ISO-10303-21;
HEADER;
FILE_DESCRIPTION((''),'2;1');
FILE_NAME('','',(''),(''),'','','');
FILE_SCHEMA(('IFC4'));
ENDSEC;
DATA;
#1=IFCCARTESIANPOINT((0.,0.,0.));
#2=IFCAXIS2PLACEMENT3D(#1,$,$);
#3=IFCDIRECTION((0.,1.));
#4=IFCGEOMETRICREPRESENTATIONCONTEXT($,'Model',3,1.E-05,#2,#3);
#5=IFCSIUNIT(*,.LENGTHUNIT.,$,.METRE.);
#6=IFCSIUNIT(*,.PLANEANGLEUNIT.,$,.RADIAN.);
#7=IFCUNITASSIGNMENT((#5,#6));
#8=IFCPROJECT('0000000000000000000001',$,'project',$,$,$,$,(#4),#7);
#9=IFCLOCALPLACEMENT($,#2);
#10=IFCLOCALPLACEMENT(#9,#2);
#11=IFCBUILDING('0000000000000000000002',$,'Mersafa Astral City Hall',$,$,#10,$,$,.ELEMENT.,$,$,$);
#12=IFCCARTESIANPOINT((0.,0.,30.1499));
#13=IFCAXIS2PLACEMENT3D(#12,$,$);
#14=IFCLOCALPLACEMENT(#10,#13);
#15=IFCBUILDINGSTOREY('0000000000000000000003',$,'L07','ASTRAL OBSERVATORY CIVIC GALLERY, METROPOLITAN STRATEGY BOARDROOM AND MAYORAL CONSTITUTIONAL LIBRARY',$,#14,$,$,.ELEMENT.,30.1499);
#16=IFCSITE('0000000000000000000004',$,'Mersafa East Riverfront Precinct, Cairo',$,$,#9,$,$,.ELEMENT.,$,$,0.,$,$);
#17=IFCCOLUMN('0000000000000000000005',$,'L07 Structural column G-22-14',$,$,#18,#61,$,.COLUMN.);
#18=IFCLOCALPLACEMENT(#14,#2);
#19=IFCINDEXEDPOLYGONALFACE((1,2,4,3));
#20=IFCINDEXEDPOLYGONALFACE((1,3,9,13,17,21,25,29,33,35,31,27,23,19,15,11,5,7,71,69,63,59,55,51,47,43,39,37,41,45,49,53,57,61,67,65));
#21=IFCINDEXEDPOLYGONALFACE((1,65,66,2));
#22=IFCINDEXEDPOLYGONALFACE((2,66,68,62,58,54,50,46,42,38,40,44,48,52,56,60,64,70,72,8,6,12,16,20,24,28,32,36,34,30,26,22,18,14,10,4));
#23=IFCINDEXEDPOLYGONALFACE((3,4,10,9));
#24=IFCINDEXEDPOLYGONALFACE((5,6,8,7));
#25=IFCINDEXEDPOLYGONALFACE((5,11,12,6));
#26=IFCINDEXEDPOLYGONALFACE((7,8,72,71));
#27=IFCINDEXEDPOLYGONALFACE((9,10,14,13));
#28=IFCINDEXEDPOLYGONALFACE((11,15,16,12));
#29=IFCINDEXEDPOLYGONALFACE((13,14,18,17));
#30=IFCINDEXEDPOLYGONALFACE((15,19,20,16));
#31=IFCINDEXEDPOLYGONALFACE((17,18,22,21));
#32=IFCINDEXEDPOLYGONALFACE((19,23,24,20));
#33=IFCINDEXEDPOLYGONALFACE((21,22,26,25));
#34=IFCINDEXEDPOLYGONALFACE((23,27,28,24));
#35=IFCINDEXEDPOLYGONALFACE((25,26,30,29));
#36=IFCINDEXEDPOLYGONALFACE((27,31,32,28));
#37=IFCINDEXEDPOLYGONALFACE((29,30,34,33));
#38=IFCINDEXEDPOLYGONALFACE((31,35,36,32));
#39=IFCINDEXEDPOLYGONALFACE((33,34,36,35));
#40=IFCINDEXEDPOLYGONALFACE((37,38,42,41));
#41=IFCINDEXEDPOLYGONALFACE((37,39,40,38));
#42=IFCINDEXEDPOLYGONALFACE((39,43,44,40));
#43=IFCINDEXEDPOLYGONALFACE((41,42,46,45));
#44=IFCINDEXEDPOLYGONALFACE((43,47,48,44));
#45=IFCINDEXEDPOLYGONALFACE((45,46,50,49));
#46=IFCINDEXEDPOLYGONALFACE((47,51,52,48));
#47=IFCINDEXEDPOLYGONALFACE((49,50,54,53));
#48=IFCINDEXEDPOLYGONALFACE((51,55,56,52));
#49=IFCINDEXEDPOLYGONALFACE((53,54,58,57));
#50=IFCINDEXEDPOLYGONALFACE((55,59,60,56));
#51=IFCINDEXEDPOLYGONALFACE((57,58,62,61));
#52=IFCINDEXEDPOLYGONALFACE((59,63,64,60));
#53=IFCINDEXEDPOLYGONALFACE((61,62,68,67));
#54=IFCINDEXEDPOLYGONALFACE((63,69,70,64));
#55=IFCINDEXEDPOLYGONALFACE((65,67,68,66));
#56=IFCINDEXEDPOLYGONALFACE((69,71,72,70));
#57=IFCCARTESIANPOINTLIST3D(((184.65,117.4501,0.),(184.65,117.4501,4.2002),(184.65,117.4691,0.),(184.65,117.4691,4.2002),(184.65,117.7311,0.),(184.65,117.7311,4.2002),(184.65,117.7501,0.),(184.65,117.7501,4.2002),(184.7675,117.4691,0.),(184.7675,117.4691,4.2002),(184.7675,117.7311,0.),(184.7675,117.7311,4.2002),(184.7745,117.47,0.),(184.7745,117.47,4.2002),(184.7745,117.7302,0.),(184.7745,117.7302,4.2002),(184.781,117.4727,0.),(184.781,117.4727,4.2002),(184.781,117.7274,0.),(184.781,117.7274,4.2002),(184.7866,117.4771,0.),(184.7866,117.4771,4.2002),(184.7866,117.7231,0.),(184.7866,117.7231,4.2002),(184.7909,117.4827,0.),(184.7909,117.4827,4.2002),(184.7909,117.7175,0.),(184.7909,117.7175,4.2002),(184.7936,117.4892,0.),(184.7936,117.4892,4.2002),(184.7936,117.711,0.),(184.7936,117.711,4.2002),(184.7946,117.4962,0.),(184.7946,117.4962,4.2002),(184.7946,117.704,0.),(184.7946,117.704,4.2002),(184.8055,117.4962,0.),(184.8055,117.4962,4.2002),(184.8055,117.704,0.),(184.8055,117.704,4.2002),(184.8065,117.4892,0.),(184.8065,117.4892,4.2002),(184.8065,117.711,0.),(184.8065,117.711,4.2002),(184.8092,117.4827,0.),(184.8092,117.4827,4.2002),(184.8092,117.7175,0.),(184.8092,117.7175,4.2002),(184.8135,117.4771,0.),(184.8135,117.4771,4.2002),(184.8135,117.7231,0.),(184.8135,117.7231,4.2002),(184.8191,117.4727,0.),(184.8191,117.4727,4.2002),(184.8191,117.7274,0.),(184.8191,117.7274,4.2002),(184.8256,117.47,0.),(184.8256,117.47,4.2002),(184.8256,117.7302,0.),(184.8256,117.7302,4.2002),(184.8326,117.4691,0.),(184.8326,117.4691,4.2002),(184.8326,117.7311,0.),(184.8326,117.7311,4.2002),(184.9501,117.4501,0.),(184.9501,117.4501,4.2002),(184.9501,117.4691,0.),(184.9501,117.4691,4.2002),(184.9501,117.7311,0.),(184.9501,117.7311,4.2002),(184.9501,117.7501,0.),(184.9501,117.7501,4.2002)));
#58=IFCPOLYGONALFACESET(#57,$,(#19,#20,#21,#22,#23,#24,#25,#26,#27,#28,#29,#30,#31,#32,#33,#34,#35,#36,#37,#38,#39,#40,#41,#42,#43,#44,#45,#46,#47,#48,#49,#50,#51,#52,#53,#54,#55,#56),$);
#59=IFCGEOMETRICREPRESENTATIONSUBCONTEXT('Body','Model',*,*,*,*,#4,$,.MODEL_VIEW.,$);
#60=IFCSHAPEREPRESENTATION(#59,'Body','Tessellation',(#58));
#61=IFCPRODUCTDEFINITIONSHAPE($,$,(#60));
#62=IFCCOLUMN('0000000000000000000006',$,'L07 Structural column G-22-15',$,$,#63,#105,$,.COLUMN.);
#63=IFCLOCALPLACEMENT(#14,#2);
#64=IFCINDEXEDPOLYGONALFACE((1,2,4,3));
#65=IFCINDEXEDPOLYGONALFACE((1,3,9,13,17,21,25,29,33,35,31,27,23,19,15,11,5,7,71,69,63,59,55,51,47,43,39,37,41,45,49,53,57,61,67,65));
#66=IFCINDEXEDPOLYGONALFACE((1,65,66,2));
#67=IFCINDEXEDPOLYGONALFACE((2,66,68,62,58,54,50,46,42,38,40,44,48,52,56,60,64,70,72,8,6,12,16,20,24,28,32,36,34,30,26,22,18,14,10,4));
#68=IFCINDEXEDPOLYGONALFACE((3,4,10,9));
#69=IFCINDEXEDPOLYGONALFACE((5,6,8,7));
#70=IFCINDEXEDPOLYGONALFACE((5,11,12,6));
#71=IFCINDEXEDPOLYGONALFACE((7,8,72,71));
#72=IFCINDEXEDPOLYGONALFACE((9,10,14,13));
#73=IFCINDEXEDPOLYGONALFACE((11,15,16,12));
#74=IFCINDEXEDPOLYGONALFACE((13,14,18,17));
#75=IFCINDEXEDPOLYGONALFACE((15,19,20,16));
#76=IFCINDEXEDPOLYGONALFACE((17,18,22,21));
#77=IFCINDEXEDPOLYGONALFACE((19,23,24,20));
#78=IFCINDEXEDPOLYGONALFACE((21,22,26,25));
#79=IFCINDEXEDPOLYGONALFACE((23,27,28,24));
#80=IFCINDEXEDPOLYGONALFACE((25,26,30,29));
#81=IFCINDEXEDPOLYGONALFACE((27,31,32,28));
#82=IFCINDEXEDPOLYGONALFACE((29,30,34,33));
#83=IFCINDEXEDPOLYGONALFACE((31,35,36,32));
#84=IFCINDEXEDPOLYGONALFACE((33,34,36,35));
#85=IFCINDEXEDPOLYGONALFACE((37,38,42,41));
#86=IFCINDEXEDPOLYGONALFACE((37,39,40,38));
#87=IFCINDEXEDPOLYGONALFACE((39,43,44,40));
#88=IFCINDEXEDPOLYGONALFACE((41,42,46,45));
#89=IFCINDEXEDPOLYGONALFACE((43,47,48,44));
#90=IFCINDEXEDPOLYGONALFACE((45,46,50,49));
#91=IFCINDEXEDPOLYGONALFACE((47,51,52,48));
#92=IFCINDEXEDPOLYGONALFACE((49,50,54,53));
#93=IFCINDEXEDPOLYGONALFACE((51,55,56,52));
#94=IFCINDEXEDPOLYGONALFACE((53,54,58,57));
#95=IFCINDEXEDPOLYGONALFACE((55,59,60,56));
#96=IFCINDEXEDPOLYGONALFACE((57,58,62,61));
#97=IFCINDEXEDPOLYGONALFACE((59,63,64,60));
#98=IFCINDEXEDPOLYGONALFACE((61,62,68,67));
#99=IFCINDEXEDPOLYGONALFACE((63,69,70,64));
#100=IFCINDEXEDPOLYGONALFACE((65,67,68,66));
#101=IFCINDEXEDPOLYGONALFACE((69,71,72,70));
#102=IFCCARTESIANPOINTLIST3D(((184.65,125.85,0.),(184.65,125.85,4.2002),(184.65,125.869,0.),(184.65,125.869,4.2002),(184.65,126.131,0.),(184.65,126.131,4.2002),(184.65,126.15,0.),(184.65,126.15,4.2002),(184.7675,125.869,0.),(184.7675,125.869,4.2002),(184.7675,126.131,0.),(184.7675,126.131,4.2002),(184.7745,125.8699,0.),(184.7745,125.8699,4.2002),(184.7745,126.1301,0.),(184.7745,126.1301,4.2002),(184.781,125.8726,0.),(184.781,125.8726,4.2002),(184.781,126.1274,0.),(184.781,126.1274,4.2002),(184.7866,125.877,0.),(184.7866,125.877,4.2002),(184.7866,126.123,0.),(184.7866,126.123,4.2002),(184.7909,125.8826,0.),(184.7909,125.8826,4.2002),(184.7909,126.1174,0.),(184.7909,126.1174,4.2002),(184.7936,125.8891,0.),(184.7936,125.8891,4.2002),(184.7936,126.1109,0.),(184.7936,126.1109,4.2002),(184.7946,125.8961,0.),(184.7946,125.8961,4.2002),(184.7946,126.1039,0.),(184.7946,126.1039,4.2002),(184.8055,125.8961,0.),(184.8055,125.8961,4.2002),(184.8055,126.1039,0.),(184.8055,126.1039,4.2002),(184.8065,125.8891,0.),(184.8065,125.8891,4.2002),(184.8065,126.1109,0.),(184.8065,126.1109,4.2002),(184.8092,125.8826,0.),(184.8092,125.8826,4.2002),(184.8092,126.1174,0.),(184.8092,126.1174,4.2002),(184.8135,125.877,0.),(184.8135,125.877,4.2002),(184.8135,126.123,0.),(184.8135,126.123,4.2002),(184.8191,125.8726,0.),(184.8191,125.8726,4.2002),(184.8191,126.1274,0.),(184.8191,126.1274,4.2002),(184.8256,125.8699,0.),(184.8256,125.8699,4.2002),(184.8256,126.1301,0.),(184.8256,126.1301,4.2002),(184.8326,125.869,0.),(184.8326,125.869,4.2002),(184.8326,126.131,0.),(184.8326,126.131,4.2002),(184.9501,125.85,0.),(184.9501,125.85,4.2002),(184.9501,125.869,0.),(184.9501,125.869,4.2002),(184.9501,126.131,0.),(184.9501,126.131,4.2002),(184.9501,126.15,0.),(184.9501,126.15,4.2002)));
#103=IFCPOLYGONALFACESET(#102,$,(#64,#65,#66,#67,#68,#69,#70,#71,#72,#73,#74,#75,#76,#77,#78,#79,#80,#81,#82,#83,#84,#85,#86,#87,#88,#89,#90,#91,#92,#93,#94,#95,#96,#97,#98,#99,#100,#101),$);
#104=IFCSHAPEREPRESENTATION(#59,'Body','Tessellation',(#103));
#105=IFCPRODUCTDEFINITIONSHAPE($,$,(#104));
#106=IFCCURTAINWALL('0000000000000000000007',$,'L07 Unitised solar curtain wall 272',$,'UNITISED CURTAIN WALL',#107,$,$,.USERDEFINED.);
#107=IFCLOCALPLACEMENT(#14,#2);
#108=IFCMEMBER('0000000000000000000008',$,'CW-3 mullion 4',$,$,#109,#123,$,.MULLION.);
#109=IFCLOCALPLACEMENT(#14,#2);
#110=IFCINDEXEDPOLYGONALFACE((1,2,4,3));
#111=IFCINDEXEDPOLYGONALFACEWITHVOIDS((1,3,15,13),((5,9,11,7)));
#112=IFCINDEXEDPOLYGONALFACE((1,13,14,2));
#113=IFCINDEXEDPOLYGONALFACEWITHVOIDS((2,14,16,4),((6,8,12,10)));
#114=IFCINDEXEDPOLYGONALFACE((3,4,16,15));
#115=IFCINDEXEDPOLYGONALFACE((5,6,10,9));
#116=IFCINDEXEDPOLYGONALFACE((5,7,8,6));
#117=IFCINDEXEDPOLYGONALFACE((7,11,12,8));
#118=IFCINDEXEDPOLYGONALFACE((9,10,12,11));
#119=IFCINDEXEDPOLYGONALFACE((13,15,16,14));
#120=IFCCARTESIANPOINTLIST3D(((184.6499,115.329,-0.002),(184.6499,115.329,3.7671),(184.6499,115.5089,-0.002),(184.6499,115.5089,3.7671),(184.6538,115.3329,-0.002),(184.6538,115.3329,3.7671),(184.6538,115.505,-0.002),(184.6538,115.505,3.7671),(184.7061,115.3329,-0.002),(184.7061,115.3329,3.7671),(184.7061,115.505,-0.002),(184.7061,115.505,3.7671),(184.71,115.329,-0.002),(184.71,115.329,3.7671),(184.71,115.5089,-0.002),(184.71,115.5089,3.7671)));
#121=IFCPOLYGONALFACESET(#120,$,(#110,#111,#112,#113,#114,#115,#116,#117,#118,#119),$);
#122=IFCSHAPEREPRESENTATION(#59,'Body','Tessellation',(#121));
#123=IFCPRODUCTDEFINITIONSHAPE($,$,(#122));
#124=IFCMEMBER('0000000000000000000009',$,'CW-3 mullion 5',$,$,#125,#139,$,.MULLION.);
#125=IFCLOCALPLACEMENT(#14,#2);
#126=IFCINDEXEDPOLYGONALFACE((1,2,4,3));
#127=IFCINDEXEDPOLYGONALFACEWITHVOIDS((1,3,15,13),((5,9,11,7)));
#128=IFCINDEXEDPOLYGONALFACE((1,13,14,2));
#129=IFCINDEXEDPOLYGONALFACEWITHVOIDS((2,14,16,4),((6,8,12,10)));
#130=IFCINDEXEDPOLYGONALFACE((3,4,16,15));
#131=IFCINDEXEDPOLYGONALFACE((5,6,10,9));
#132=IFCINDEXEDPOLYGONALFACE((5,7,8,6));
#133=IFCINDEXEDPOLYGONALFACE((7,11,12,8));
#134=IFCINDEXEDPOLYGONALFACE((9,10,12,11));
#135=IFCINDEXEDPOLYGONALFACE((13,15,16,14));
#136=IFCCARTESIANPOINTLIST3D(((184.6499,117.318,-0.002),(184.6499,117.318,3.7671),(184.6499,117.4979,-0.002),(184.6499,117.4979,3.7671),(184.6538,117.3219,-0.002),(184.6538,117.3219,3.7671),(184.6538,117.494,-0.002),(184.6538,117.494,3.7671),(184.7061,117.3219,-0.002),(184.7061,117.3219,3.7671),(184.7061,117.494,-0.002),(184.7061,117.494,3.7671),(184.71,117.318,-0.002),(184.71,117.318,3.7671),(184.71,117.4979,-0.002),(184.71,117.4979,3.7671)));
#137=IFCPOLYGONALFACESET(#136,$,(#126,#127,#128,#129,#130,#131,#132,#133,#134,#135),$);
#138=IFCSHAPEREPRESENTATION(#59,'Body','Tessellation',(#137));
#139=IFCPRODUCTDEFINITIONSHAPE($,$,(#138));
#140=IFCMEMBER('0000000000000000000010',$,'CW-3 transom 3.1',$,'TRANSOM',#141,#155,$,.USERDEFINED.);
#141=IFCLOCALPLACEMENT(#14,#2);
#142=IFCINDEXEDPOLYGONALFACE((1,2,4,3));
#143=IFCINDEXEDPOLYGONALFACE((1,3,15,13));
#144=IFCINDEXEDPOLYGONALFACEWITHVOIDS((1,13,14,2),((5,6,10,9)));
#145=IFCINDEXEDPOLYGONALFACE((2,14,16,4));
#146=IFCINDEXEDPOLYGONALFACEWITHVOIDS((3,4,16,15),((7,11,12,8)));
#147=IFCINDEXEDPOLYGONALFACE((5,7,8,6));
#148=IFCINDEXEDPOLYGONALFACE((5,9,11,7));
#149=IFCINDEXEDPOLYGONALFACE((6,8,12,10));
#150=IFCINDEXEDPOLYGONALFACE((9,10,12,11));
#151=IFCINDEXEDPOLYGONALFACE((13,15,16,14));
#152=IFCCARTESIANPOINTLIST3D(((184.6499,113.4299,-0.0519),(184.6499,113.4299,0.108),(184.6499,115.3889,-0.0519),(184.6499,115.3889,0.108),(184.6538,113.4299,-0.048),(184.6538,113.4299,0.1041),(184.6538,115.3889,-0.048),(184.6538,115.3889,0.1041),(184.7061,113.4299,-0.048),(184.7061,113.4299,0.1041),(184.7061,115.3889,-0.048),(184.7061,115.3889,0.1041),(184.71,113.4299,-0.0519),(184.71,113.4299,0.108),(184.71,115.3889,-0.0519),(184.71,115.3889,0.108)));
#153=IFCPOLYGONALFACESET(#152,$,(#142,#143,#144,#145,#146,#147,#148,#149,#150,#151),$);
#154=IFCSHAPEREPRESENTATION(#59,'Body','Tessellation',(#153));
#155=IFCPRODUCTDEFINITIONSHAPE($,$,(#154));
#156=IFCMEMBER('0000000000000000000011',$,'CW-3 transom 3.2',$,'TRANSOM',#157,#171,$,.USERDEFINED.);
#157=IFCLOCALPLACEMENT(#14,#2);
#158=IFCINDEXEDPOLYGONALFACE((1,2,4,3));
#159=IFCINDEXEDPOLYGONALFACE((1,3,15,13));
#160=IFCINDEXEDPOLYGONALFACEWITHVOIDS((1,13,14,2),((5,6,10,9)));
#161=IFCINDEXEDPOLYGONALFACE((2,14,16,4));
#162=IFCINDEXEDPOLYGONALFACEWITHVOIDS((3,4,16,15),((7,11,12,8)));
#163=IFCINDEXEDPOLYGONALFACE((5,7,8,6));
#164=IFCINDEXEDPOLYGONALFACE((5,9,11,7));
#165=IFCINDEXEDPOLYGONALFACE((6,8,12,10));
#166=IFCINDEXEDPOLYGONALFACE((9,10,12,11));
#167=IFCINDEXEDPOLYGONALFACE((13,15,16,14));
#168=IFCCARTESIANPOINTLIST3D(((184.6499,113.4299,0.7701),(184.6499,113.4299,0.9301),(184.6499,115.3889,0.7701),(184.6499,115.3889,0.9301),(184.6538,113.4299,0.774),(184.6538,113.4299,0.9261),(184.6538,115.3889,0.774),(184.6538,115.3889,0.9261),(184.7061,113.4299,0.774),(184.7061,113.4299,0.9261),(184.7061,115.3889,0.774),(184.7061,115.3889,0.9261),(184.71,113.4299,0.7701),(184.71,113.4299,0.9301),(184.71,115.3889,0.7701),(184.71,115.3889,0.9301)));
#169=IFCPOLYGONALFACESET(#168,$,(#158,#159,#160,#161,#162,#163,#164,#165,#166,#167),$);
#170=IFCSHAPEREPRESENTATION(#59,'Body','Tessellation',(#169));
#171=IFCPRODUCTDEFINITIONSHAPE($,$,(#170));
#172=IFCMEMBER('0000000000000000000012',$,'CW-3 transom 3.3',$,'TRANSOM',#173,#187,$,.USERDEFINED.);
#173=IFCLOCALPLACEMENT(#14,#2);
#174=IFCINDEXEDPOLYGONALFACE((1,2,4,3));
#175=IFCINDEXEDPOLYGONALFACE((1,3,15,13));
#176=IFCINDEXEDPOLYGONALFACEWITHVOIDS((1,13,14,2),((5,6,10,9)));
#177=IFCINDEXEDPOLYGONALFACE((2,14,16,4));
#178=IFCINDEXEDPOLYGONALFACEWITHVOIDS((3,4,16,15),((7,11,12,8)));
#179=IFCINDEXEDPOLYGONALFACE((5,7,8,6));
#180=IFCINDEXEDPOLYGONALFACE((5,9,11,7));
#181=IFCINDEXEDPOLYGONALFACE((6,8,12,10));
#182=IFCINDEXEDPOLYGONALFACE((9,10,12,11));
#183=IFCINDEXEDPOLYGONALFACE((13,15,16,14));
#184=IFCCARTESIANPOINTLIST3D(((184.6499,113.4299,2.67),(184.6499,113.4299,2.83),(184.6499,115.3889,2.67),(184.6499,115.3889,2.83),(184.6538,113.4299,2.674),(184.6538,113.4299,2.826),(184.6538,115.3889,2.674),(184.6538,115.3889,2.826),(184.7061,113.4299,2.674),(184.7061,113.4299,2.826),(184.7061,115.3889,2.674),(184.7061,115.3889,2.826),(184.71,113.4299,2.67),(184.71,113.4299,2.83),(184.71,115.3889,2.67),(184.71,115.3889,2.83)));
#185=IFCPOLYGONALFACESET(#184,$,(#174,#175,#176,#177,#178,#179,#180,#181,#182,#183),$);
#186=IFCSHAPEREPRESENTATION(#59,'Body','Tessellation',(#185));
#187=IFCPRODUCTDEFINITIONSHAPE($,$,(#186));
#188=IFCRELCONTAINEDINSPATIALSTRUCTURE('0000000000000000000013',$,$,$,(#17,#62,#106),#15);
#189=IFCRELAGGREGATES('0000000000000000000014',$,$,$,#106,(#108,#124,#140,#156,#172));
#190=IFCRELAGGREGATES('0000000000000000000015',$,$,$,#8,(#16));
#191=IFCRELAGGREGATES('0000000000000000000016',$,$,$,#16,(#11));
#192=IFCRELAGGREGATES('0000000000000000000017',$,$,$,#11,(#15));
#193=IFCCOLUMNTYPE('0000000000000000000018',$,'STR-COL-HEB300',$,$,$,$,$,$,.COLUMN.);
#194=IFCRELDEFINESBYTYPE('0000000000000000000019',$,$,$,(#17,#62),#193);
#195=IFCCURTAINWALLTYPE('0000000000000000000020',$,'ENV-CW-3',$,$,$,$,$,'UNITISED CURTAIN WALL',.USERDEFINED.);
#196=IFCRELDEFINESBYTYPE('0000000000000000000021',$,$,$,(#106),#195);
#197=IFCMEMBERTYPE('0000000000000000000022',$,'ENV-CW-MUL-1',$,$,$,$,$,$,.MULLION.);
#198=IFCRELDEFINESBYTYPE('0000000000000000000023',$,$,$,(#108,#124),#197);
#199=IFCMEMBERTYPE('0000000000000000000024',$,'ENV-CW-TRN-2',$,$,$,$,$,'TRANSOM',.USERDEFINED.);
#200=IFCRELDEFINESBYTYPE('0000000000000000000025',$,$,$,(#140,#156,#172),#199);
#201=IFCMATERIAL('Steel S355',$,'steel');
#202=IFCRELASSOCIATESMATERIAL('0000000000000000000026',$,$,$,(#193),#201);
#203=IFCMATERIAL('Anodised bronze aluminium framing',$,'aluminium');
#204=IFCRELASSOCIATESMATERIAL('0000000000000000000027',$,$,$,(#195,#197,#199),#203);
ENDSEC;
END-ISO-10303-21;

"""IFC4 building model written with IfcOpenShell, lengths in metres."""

from ifc_helpers import new_model, si_unit, direction, frame, origin, origin_2d, place, context, subcontext, project, spatial, hollow_rectangle, i_section, extrude, material, material_profile, profile_set, type_object, element, aggregate, save


model = new_model("IFC4")

# Units and contexts
model_context = context("Model", 3, precision=1e-05, world=origin(), true_north=direction((0.0, 1.0)))
body_context = subcontext(model_context, "Body", "Model", "MODEL_VIEW")
ifc_project = project(units=[si_unit("LENGTHUNIT", "METRE"), si_unit("PLANEANGLEUNIT", "RADIAN")], contexts=[model_context])

# Site, building, storey
site_placement = place(None, origin())
site = spatial("IfcSite", under=ifc_project, at=site_placement, Name="Mersafa East Riverfront Precinct, Cairo", CompositionType="ELEMENT", RefElevation=0.0)
building_placement = place(site_placement, origin())
building = spatial("IfcBuilding", under=site, at=building_placement, Name="Mersafa Astral City Hall", CompositionType="ELEMENT")
storey_placement = place(building_placement, frame((0.0, 0.0, 30.1499)))
storey = spatial("IfcBuildingStorey", under=building, at=storey_placement, Name="L07", Description="ASTRAL OBSERVATORY CIVIC GALLERY, METROPOLITAN STRATEGY BOARDROOM AND MAYORAL CONSTITUTIONAL LIBRARY", CompositionType="ELEMENT", Elevation=30.1499)

# Columns
ifc_material_1 = material(Name="Steel S355", Category="steel")
ifc_material_profile_1 = material_profile(ifc_material_1, i_section(OverallWidth=0.3, OverallDepth=0.3, WebThickness=0.011, FlangeThickness=0.019, FilletRadius=0.0271, at=origin_2d()), Name="HEB 300")
ifc_profile_set_1 = profile_set([ifc_material_profile_1], Name="Steel S355")
column_type = type_object("IfcColumnType", Name="STR-COL-HEB300", PredefinedType="COLUMN", material=ifc_profile_set_1)
for number, where, z_axis, x_axis, name in (
    (1, (184.8, 117.6001, 0.0), (0.0, 0.0, 1.0), (1.0, 0.0, 0.0), "L07 Structural column G-22-14"),
    (2, (184.8, 126.0, 0.0), (0.0, 0.0, 1.0), (1.0, 0.0, 0.0), "L07 Structural column G-22-15"),
):
    element("IfcColumn", number, at=place(storey_placement, frame(where, z_axis=z_axis, x_axis=x_axis)), inside=storey, type_object=column_type, Name=name, PredefinedType="COLUMN", context=body_context, shape_type="SweptSolid", body=[
        extrude(i_section(OverallWidth=0.3, OverallDepth=0.3, WebThickness=0.011, FlangeThickness=0.019, FilletRadius=0.0271, at=origin_2d()), origin(), (0.0, 0.0, 1.0), 4.2002),
    ])

# Curtain wall, members
ifc_material_2 = material(Name="Anodised bronze aluminium framing", Category="aluminium")
curtain_wall_type = type_object("IfcCurtainWallType", Name="ENV-CW-3", ElementType="UNITISED CURTAIN WALL", PredefinedType="USERDEFINED", material=ifc_material_2)
curtain_wall_placement = place(storey_placement, origin())
curtain_wall = element("IfcCurtainWall", 3, at=curtain_wall_placement, inside=storey, type_object=curtain_wall_type, Name="L07 Unitised solar curtain wall 272", ObjectType="UNITISED CURTAIN WALL", PredefinedType="USERDEFINED")
ifc_material_profile_2 = material_profile(ifc_material_2, hollow_rectangle(XDim=0.0601, YDim=0.1799, WallThickness=0.0039, at=origin_2d()), Name="RHS 60x180x4")
ifc_profile_set_2 = profile_set([ifc_material_profile_2], Name="Anodised bronze aluminium framing")
member_type_1 = type_object("IfcMemberType", Name="ENV-CW-MUL-1", PredefinedType="MULLION", material=ifc_profile_set_2)
member_1_placement = place(storey_placement, frame((184.6799, 115.4189, -0.002), z_axis=(0.0, 0.0, 1.0), x_axis=(-1.0, 0.0, 0.0)))
member_1 = element("IfcMember", 4, at=member_1_placement, type_object=member_type_1, Name="CW-3 mullion 4", PredefinedType="MULLION", context=body_context, shape_type="SweptSolid", body=[
    extrude(hollow_rectangle(XDim=0.0601, YDim=0.1799, WallThickness=0.0039, at=origin_2d()), origin(), (0.0, 0.0, 1.0), 3.769),
])
member_2_placement = place(storey_placement, frame((184.6799, 117.408, -0.002), z_axis=(0.0, 0.0, 1.0), x_axis=(-1.0, 0.0, 0.0)))
member_2 = element("IfcMember", 5, at=member_2_placement, type_object=member_type_1, Name="CW-3 mullion 5", PredefinedType="MULLION", context=body_context, shape_type="SweptSolid", body=[
    extrude(hollow_rectangle(XDim=0.0601, YDim=0.1799, WallThickness=0.0039, at=origin_2d()), origin(), (0.0, 0.0, 1.0), 3.769),
])
ifc_material_profile_3 = material_profile(ifc_material_2, hollow_rectangle(XDim=0.0601, YDim=0.1599, WallThickness=0.0039, at=origin_2d()), Name="RHS 60x160x4")
ifc_profile_set_3 = profile_set([ifc_material_profile_3], Name="Anodised bronze aluminium framing")
member_type_2 = type_object("IfcMemberType", Name="ENV-CW-TRN-2", ElementType="TRANSOM", PredefinedType="USERDEFINED", material=ifc_profile_set_3)
member_3_placement = place(storey_placement, frame((184.6799, 113.4299, 0.0281), z_axis=(0.0, 1.0, 0.0), x_axis=(-1.0, 0.0, 0.0)))
member_3 = element("IfcMember", 6, at=member_3_placement, type_object=member_type_2, Name="CW-3 transom 3.1", ObjectType="TRANSOM", PredefinedType="USERDEFINED", context=body_context, shape_type="SweptSolid", body=[
    extrude(hollow_rectangle(XDim=0.0601, YDim=0.1599, WallThickness=0.0039, at=origin_2d()), origin(), (0.0, 0.0, 1.0), 1.959),
])
member_4_placement = place(storey_placement, frame((184.6799, 113.4299, 0.8501), z_axis=(0.0, 1.0, 0.0), x_axis=(-1.0, 0.0, 0.0)))
member_4 = element("IfcMember", 7, at=member_4_placement, type_object=member_type_2, Name="CW-3 transom 3.2", ObjectType="TRANSOM", PredefinedType="USERDEFINED", context=body_context, shape_type="SweptSolid", body=[
    extrude(hollow_rectangle(XDim=0.0601, YDim=0.1599, WallThickness=0.0039, at=origin_2d()), origin(), (0.0, 0.0, 1.0), 1.959),
])
member_5_placement = place(storey_placement, frame((184.6799, 113.4299, 2.75), z_axis=(0.0, 1.0, 0.0), x_axis=(-1.0, 0.0, 0.0)))
member_5 = element("IfcMember", 8, at=member_5_placement, type_object=member_type_2, Name="CW-3 transom 3.3", ObjectType="TRANSOM", PredefinedType="USERDEFINED", context=body_context, shape_type="SweptSolid", body=[
    extrude(hollow_rectangle(XDim=0.0601, YDim=0.1599, WallThickness=0.0039, at=origin_2d()), origin(), (0.0, 0.0, 1.0), 1.959),
])

aggregate(curtain_wall, [member_1, member_2, member_3, member_4, member_5])

save(model, "model.ifc")
